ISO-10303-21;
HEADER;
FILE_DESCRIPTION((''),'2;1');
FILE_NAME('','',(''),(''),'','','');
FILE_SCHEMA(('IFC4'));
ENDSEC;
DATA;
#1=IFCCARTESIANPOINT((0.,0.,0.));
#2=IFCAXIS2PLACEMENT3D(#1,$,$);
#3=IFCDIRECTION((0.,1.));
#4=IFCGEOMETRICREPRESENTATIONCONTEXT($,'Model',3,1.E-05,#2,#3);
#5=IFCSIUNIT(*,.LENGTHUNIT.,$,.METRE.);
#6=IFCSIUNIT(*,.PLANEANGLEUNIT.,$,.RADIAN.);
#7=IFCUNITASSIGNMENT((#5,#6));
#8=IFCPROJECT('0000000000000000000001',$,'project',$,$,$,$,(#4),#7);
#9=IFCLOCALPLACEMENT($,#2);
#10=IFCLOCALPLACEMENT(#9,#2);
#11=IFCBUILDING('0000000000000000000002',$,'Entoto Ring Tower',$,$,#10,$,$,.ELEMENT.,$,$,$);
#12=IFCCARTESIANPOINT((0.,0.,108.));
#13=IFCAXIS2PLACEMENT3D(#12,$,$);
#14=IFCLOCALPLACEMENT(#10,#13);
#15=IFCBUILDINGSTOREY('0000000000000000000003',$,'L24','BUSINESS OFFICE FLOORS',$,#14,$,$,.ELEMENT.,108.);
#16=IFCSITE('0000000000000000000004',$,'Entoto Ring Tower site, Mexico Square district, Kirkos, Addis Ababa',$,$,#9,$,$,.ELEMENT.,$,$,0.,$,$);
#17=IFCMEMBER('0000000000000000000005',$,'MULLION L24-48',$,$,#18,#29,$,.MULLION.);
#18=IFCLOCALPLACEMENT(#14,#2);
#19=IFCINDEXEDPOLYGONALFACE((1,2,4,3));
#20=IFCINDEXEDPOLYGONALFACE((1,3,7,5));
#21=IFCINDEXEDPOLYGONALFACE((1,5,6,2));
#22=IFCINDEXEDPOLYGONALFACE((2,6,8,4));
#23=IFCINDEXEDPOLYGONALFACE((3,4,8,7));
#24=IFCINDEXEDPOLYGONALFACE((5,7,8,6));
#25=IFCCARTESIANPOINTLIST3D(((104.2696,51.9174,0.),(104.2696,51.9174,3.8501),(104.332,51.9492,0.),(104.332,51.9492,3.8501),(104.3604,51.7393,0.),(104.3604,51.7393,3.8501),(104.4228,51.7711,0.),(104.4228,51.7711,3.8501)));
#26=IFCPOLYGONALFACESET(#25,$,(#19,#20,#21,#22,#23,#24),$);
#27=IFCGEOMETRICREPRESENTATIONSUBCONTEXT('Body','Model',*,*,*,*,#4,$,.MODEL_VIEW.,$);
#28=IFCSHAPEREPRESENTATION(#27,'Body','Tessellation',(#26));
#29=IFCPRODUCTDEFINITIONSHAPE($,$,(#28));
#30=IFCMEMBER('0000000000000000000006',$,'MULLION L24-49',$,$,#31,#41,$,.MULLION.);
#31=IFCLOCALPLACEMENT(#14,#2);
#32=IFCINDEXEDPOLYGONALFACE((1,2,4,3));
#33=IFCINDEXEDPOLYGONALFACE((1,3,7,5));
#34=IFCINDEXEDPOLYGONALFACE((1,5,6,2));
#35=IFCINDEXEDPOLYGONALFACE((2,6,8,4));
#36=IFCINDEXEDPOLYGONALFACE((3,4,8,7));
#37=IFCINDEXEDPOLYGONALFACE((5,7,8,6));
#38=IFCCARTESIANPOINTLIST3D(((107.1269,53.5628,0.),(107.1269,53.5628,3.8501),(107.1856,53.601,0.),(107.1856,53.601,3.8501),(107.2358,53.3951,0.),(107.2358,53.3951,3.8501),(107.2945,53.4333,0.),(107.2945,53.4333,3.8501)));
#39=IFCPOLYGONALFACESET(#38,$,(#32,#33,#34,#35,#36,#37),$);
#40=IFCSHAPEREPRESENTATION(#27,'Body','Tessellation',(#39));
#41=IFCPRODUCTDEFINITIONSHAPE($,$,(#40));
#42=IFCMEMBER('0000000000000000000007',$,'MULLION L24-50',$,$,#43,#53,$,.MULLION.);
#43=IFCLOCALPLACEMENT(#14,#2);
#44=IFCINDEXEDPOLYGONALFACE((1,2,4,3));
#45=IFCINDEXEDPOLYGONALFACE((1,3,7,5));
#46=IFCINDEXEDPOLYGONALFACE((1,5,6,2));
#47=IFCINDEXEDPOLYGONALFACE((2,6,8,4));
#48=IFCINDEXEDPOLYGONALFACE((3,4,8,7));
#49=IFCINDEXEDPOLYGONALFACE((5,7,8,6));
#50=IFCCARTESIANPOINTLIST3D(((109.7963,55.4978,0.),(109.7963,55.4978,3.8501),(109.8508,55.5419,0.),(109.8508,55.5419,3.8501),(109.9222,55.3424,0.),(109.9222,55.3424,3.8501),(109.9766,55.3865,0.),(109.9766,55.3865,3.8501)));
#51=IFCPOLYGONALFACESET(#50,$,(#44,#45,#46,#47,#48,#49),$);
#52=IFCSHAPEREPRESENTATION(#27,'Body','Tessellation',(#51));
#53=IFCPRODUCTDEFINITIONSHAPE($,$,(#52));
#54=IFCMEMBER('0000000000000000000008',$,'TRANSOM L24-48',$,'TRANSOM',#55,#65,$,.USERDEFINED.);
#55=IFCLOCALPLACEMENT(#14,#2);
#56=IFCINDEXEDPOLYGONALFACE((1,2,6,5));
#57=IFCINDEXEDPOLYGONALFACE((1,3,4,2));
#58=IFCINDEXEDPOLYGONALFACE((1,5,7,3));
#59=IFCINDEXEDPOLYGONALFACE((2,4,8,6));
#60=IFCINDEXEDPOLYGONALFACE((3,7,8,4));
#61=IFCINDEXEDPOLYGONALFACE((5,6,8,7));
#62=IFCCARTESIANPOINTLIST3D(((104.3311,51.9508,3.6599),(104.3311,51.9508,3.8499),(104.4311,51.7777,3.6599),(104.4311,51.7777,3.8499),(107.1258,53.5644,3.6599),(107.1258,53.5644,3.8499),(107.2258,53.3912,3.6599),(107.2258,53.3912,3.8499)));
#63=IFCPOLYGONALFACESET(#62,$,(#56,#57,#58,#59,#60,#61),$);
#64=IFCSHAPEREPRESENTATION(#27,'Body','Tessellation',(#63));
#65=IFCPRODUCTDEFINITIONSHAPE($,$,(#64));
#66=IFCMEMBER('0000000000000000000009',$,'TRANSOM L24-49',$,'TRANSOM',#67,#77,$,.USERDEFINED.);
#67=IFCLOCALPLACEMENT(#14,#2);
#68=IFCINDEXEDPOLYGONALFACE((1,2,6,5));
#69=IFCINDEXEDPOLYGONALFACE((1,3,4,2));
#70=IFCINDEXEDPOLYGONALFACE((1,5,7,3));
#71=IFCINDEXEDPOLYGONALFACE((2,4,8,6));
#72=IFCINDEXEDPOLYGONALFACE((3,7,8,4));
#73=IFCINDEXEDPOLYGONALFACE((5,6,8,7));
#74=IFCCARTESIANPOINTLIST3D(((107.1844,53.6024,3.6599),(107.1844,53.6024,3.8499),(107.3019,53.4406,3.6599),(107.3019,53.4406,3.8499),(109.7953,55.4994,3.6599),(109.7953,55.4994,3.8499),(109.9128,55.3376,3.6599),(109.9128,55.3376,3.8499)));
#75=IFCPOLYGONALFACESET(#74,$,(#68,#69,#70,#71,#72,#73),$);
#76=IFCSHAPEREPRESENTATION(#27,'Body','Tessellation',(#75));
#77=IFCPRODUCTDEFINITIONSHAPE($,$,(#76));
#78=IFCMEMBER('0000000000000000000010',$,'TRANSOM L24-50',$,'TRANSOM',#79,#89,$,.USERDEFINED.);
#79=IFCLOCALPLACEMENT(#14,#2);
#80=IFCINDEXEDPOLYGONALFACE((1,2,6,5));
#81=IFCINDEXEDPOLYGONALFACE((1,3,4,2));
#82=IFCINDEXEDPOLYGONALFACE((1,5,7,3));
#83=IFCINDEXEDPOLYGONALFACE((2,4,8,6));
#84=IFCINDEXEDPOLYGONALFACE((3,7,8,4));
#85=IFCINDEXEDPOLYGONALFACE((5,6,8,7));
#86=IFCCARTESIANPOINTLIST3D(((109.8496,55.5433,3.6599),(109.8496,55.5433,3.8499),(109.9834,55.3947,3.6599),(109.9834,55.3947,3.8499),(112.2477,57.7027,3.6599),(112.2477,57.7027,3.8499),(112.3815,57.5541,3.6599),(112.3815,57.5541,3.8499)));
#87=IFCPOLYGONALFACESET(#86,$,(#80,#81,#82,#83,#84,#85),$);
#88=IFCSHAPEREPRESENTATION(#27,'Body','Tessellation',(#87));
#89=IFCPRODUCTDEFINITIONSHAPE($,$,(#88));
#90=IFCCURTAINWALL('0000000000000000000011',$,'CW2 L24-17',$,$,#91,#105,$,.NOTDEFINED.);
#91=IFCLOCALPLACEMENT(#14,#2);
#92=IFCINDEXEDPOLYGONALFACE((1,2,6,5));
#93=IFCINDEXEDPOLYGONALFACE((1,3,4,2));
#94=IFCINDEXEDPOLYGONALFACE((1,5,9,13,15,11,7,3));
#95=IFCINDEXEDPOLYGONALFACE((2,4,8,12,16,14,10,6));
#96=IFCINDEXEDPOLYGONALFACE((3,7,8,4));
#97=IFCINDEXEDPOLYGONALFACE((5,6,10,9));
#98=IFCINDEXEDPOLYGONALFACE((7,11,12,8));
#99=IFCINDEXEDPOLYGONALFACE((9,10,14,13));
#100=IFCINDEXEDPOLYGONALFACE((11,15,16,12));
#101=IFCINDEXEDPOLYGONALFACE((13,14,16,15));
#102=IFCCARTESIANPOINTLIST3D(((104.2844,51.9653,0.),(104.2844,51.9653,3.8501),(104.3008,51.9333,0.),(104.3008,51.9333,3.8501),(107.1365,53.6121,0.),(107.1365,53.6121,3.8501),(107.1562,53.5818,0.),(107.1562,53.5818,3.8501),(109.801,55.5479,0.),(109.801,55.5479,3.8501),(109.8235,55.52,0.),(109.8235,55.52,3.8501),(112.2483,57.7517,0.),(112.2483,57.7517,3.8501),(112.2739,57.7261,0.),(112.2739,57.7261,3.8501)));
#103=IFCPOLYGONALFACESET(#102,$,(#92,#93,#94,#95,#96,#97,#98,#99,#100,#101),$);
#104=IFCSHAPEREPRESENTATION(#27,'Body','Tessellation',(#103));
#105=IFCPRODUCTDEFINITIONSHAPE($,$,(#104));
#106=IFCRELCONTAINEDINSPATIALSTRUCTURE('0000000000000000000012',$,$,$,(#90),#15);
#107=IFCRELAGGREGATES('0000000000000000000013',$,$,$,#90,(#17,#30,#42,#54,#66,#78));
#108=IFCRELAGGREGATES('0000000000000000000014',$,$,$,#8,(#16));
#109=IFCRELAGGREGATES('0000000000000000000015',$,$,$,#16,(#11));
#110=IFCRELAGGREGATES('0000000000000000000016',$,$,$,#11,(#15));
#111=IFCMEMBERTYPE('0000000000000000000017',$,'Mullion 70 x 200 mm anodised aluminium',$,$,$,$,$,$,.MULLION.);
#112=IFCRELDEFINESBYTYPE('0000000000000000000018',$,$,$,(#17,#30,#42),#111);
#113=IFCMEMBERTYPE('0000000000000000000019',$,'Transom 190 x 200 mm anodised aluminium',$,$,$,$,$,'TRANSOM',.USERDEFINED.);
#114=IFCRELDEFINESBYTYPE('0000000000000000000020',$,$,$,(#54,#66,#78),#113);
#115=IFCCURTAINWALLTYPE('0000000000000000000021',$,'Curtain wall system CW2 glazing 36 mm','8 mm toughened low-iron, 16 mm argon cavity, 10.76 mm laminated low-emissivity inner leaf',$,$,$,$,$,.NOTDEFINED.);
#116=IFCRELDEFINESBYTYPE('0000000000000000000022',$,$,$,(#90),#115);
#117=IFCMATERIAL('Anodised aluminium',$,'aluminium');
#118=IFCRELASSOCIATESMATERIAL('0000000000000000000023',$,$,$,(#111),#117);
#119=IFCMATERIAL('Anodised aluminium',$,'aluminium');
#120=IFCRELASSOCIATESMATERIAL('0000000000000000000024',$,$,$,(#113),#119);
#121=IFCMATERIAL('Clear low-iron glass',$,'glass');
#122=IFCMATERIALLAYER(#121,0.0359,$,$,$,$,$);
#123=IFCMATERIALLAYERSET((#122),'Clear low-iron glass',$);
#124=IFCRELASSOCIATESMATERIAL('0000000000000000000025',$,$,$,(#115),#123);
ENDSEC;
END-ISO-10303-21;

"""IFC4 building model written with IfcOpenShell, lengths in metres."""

from ifc_helpers import new_model, si_unit, direction, frame, origin, origin_2d, place, context, subcontext, project, spatial, polyline, rectangle, outline, extrude, material, layer, layer_set, material_profile, profile_set, type_object, element, aggregate, save


model = new_model("IFC4")

# Units and contexts
model_context = context("Model", 3, precision=1e-05, world=origin(), true_north=direction((0.0, 1.0)))
body_context = subcontext(model_context, "Body", "Model", "MODEL_VIEW")
ifc_project = project(units=[si_unit("LENGTHUNIT", "METRE"), si_unit("PLANEANGLEUNIT", "RADIAN")], contexts=[model_context])

# Members
ifc_material_1 = material(Name="Anodised aluminium", Category="aluminium")
ifc_material_profile_1 = material_profile(ifc_material_1, rectangle(XDim=0.0701, YDim=0.2, at=origin_2d()), Name="Mullion 70 x 200 mm anodised aluminium")
ifc_profile_set_1 = profile_set([ifc_material_profile_1], Name="Anodised aluminium")
member_type_1 = type_object("IfcMemberType", Name="Mullion 70 x 200 mm anodised aluminium", PredefinedType="MULLION", material=ifc_profile_set_1)
site_placement = place(None, origin())
building_placement = place(site_placement, origin())
storey_placement = place(building_placement, frame((0.0, 0.0, 108.0)))
member_1_placement = place(storey_placement, frame((104.3462, 51.8442, 0.0), z_axis=(0.0, 0.0, 1.0), x_axis=(0.891007, 0.45399, 0.0)))
member_1 = element("IfcMember", 1, at=member_1_placement, type_object=member_type_1, Name="MULLION L24-48", PredefinedType="MULLION", context=body_context, shape_type="SweptSolid", body=[
    extrude(rectangle(XDim=0.0701, YDim=0.2, at=origin_2d()), origin(), (0.0, 0.0, 1.0), 3.8501),
])
member_2_placement = place(storey_placement, frame((107.2107, 53.498, 0.0), z_axis=(0.0, 0.0, 1.0), x_axis=(0.838671, 0.544639, 0.0)))
member_2 = element("IfcMember", 2, at=member_2_placement, type_object=member_type_1, Name="MULLION L24-49", PredefinedType="MULLION", context=body_context, shape_type="SweptSolid", body=[
    extrude(rectangle(XDim=0.0701, YDim=0.2, at=origin_2d()), origin(), (0.0, 0.0, 1.0), 3.8501),
])
member_3_placement = place(storey_placement, frame((109.8865, 55.4421, 0.0), z_axis=(0.0, 0.0, 1.0), x_axis=(0.777146, 0.62932, 0.0)))
member_3 = element("IfcMember", 3, at=member_3_placement, type_object=member_type_1, Name="MULLION L24-50", PredefinedType="MULLION", context=body_context, shape_type="SweptSolid", body=[
    extrude(rectangle(XDim=0.0701, YDim=0.2, at=origin_2d()), origin(), (0.0, 0.0, 1.0), 3.8501),
])
ifc_material_2 = material(Name="Anodised aluminium", Category="aluminium")
ifc_material_profile_2 = material_profile(ifc_material_2, rectangle(XDim=0.2, YDim=0.1899, at=origin_2d()), Name="Transom 190 x 200 mm anodised aluminium")
ifc_profile_set_2 = profile_set([ifc_material_profile_2], Name="Anodised aluminium")
member_type_2 = type_object("IfcMemberType", Name="Transom 190 x 200 mm anodised aluminium", ElementType="TRANSOM", PredefinedType="USERDEFINED", material=ifc_profile_set_2)
member_4_placement = place(storey_placement, frame((104.3811, 51.8643, 3.7549), z_axis=(0.866023, 0.500004, 0.0), x_axis=(-0.500004, 0.866023, 0.0)))
member_4 = element("IfcMember", 4, at=member_4_placement, type_object=member_type_2, Name="TRANSOM L24-48", ObjectType="TRANSOM", PredefinedType="USERDEFINED", context=body_context, shape_type="SweptSolid", body=[
    extrude(rectangle(XDim=0.2, YDim=0.1899, at=origin_2d()), origin(), (0.0, 0.0, 1.0), 3.2271),
])
member_5_placement = place(storey_placement, frame((107.2432, 53.5215, 3.7549), z_axis=(0.809004, 0.587803, 0.0), x_axis=(-0.587803, 0.809004, 0.0)))
member_5 = element("IfcMember", 5, at=member_5_placement, type_object=member_type_2, Name="TRANSOM L24-49", ObjectType="TRANSOM", PredefinedType="USERDEFINED", context=body_context, shape_type="SweptSolid", body=[
    extrude(rectangle(XDim=0.2, YDim=0.1899, at=origin_2d()), origin(), (0.0, 0.0, 1.0), 3.2273),
])
member_6_placement = place(storey_placement, frame((109.9165, 55.469, 3.7549), z_axis=(0.743132, 0.669144, 0.0), x_axis=(-0.669144, 0.743132, 0.0)))
member_6 = element("IfcMember", 6, at=member_6_placement, type_object=member_type_2, Name="TRANSOM L24-50", ObjectType="TRANSOM", PredefinedType="USERDEFINED", context=body_context, shape_type="SweptSolid", body=[
    extrude(rectangle(XDim=0.2, YDim=0.1899, at=origin_2d()), origin(), (0.0, 0.0, 1.0), 3.2271),
])

# Site, building, storey
site = spatial("IfcSite", under=ifc_project, at=site_placement, Name="Entoto Ring Tower site, Mexico Square district, Kirkos, Addis Ababa", CompositionType="ELEMENT", RefElevation=0.0)
building = spatial("IfcBuilding", under=site, at=building_placement, Name="Entoto Ring Tower", CompositionType="ELEMENT")
storey = spatial("IfcBuildingStorey", under=building, at=storey_placement, Name="L24", Description="BUSINESS OFFICE FLOORS", CompositionType="ELEMENT", Elevation=108.0)

# Curtain wall
ifc_material_3 = material(Name="Clear low-iron glass", Category="glass")
ifc_layer_1 = layer(ifc_material_3, 0.0359)
ifc_layer_set_1 = layer_set([ifc_layer_1], Name="Clear low-iron glass")
curtain_wall_type = type_object("IfcCurtainWallType", Name="Curtain wall system CW2 glazing 36 mm", Description="8 mm toughened low-iron, 16 mm argon cavity, 10.76 mm laminated low-emissivity inner leaf", PredefinedType="NOTDEFINED", material=ifc_layer_set_1)
curtain_wall_1_placement = place(storey_placement, origin())
curtain_wall_1 = element("IfcCurtainWall", 7, at=curtain_wall_1_placement, inside=storey, type_object=curtain_wall_type, Name="CW2 L24-17", PredefinedType="NOTDEFINED", context=body_context, shape_type="SweptSolid", body=[
    extrude(outline(polyline([(104.3008, 51.9333), (107.1562, 53.5818), (109.8235, 55.52), (112.2739, 57.7261), (112.2483, 57.7517), (109.801, 55.5479), (107.1365, 53.6121), (104.2844, 51.9653), (104.3008, 51.9333)])), origin(), (0.0, 0.0, 1.0), 3.8501),
])
aggregate(curtain_wall_1, [member_1, member_2, member_3, member_4, member_5, member_6])

save(model, "model.ifc")
